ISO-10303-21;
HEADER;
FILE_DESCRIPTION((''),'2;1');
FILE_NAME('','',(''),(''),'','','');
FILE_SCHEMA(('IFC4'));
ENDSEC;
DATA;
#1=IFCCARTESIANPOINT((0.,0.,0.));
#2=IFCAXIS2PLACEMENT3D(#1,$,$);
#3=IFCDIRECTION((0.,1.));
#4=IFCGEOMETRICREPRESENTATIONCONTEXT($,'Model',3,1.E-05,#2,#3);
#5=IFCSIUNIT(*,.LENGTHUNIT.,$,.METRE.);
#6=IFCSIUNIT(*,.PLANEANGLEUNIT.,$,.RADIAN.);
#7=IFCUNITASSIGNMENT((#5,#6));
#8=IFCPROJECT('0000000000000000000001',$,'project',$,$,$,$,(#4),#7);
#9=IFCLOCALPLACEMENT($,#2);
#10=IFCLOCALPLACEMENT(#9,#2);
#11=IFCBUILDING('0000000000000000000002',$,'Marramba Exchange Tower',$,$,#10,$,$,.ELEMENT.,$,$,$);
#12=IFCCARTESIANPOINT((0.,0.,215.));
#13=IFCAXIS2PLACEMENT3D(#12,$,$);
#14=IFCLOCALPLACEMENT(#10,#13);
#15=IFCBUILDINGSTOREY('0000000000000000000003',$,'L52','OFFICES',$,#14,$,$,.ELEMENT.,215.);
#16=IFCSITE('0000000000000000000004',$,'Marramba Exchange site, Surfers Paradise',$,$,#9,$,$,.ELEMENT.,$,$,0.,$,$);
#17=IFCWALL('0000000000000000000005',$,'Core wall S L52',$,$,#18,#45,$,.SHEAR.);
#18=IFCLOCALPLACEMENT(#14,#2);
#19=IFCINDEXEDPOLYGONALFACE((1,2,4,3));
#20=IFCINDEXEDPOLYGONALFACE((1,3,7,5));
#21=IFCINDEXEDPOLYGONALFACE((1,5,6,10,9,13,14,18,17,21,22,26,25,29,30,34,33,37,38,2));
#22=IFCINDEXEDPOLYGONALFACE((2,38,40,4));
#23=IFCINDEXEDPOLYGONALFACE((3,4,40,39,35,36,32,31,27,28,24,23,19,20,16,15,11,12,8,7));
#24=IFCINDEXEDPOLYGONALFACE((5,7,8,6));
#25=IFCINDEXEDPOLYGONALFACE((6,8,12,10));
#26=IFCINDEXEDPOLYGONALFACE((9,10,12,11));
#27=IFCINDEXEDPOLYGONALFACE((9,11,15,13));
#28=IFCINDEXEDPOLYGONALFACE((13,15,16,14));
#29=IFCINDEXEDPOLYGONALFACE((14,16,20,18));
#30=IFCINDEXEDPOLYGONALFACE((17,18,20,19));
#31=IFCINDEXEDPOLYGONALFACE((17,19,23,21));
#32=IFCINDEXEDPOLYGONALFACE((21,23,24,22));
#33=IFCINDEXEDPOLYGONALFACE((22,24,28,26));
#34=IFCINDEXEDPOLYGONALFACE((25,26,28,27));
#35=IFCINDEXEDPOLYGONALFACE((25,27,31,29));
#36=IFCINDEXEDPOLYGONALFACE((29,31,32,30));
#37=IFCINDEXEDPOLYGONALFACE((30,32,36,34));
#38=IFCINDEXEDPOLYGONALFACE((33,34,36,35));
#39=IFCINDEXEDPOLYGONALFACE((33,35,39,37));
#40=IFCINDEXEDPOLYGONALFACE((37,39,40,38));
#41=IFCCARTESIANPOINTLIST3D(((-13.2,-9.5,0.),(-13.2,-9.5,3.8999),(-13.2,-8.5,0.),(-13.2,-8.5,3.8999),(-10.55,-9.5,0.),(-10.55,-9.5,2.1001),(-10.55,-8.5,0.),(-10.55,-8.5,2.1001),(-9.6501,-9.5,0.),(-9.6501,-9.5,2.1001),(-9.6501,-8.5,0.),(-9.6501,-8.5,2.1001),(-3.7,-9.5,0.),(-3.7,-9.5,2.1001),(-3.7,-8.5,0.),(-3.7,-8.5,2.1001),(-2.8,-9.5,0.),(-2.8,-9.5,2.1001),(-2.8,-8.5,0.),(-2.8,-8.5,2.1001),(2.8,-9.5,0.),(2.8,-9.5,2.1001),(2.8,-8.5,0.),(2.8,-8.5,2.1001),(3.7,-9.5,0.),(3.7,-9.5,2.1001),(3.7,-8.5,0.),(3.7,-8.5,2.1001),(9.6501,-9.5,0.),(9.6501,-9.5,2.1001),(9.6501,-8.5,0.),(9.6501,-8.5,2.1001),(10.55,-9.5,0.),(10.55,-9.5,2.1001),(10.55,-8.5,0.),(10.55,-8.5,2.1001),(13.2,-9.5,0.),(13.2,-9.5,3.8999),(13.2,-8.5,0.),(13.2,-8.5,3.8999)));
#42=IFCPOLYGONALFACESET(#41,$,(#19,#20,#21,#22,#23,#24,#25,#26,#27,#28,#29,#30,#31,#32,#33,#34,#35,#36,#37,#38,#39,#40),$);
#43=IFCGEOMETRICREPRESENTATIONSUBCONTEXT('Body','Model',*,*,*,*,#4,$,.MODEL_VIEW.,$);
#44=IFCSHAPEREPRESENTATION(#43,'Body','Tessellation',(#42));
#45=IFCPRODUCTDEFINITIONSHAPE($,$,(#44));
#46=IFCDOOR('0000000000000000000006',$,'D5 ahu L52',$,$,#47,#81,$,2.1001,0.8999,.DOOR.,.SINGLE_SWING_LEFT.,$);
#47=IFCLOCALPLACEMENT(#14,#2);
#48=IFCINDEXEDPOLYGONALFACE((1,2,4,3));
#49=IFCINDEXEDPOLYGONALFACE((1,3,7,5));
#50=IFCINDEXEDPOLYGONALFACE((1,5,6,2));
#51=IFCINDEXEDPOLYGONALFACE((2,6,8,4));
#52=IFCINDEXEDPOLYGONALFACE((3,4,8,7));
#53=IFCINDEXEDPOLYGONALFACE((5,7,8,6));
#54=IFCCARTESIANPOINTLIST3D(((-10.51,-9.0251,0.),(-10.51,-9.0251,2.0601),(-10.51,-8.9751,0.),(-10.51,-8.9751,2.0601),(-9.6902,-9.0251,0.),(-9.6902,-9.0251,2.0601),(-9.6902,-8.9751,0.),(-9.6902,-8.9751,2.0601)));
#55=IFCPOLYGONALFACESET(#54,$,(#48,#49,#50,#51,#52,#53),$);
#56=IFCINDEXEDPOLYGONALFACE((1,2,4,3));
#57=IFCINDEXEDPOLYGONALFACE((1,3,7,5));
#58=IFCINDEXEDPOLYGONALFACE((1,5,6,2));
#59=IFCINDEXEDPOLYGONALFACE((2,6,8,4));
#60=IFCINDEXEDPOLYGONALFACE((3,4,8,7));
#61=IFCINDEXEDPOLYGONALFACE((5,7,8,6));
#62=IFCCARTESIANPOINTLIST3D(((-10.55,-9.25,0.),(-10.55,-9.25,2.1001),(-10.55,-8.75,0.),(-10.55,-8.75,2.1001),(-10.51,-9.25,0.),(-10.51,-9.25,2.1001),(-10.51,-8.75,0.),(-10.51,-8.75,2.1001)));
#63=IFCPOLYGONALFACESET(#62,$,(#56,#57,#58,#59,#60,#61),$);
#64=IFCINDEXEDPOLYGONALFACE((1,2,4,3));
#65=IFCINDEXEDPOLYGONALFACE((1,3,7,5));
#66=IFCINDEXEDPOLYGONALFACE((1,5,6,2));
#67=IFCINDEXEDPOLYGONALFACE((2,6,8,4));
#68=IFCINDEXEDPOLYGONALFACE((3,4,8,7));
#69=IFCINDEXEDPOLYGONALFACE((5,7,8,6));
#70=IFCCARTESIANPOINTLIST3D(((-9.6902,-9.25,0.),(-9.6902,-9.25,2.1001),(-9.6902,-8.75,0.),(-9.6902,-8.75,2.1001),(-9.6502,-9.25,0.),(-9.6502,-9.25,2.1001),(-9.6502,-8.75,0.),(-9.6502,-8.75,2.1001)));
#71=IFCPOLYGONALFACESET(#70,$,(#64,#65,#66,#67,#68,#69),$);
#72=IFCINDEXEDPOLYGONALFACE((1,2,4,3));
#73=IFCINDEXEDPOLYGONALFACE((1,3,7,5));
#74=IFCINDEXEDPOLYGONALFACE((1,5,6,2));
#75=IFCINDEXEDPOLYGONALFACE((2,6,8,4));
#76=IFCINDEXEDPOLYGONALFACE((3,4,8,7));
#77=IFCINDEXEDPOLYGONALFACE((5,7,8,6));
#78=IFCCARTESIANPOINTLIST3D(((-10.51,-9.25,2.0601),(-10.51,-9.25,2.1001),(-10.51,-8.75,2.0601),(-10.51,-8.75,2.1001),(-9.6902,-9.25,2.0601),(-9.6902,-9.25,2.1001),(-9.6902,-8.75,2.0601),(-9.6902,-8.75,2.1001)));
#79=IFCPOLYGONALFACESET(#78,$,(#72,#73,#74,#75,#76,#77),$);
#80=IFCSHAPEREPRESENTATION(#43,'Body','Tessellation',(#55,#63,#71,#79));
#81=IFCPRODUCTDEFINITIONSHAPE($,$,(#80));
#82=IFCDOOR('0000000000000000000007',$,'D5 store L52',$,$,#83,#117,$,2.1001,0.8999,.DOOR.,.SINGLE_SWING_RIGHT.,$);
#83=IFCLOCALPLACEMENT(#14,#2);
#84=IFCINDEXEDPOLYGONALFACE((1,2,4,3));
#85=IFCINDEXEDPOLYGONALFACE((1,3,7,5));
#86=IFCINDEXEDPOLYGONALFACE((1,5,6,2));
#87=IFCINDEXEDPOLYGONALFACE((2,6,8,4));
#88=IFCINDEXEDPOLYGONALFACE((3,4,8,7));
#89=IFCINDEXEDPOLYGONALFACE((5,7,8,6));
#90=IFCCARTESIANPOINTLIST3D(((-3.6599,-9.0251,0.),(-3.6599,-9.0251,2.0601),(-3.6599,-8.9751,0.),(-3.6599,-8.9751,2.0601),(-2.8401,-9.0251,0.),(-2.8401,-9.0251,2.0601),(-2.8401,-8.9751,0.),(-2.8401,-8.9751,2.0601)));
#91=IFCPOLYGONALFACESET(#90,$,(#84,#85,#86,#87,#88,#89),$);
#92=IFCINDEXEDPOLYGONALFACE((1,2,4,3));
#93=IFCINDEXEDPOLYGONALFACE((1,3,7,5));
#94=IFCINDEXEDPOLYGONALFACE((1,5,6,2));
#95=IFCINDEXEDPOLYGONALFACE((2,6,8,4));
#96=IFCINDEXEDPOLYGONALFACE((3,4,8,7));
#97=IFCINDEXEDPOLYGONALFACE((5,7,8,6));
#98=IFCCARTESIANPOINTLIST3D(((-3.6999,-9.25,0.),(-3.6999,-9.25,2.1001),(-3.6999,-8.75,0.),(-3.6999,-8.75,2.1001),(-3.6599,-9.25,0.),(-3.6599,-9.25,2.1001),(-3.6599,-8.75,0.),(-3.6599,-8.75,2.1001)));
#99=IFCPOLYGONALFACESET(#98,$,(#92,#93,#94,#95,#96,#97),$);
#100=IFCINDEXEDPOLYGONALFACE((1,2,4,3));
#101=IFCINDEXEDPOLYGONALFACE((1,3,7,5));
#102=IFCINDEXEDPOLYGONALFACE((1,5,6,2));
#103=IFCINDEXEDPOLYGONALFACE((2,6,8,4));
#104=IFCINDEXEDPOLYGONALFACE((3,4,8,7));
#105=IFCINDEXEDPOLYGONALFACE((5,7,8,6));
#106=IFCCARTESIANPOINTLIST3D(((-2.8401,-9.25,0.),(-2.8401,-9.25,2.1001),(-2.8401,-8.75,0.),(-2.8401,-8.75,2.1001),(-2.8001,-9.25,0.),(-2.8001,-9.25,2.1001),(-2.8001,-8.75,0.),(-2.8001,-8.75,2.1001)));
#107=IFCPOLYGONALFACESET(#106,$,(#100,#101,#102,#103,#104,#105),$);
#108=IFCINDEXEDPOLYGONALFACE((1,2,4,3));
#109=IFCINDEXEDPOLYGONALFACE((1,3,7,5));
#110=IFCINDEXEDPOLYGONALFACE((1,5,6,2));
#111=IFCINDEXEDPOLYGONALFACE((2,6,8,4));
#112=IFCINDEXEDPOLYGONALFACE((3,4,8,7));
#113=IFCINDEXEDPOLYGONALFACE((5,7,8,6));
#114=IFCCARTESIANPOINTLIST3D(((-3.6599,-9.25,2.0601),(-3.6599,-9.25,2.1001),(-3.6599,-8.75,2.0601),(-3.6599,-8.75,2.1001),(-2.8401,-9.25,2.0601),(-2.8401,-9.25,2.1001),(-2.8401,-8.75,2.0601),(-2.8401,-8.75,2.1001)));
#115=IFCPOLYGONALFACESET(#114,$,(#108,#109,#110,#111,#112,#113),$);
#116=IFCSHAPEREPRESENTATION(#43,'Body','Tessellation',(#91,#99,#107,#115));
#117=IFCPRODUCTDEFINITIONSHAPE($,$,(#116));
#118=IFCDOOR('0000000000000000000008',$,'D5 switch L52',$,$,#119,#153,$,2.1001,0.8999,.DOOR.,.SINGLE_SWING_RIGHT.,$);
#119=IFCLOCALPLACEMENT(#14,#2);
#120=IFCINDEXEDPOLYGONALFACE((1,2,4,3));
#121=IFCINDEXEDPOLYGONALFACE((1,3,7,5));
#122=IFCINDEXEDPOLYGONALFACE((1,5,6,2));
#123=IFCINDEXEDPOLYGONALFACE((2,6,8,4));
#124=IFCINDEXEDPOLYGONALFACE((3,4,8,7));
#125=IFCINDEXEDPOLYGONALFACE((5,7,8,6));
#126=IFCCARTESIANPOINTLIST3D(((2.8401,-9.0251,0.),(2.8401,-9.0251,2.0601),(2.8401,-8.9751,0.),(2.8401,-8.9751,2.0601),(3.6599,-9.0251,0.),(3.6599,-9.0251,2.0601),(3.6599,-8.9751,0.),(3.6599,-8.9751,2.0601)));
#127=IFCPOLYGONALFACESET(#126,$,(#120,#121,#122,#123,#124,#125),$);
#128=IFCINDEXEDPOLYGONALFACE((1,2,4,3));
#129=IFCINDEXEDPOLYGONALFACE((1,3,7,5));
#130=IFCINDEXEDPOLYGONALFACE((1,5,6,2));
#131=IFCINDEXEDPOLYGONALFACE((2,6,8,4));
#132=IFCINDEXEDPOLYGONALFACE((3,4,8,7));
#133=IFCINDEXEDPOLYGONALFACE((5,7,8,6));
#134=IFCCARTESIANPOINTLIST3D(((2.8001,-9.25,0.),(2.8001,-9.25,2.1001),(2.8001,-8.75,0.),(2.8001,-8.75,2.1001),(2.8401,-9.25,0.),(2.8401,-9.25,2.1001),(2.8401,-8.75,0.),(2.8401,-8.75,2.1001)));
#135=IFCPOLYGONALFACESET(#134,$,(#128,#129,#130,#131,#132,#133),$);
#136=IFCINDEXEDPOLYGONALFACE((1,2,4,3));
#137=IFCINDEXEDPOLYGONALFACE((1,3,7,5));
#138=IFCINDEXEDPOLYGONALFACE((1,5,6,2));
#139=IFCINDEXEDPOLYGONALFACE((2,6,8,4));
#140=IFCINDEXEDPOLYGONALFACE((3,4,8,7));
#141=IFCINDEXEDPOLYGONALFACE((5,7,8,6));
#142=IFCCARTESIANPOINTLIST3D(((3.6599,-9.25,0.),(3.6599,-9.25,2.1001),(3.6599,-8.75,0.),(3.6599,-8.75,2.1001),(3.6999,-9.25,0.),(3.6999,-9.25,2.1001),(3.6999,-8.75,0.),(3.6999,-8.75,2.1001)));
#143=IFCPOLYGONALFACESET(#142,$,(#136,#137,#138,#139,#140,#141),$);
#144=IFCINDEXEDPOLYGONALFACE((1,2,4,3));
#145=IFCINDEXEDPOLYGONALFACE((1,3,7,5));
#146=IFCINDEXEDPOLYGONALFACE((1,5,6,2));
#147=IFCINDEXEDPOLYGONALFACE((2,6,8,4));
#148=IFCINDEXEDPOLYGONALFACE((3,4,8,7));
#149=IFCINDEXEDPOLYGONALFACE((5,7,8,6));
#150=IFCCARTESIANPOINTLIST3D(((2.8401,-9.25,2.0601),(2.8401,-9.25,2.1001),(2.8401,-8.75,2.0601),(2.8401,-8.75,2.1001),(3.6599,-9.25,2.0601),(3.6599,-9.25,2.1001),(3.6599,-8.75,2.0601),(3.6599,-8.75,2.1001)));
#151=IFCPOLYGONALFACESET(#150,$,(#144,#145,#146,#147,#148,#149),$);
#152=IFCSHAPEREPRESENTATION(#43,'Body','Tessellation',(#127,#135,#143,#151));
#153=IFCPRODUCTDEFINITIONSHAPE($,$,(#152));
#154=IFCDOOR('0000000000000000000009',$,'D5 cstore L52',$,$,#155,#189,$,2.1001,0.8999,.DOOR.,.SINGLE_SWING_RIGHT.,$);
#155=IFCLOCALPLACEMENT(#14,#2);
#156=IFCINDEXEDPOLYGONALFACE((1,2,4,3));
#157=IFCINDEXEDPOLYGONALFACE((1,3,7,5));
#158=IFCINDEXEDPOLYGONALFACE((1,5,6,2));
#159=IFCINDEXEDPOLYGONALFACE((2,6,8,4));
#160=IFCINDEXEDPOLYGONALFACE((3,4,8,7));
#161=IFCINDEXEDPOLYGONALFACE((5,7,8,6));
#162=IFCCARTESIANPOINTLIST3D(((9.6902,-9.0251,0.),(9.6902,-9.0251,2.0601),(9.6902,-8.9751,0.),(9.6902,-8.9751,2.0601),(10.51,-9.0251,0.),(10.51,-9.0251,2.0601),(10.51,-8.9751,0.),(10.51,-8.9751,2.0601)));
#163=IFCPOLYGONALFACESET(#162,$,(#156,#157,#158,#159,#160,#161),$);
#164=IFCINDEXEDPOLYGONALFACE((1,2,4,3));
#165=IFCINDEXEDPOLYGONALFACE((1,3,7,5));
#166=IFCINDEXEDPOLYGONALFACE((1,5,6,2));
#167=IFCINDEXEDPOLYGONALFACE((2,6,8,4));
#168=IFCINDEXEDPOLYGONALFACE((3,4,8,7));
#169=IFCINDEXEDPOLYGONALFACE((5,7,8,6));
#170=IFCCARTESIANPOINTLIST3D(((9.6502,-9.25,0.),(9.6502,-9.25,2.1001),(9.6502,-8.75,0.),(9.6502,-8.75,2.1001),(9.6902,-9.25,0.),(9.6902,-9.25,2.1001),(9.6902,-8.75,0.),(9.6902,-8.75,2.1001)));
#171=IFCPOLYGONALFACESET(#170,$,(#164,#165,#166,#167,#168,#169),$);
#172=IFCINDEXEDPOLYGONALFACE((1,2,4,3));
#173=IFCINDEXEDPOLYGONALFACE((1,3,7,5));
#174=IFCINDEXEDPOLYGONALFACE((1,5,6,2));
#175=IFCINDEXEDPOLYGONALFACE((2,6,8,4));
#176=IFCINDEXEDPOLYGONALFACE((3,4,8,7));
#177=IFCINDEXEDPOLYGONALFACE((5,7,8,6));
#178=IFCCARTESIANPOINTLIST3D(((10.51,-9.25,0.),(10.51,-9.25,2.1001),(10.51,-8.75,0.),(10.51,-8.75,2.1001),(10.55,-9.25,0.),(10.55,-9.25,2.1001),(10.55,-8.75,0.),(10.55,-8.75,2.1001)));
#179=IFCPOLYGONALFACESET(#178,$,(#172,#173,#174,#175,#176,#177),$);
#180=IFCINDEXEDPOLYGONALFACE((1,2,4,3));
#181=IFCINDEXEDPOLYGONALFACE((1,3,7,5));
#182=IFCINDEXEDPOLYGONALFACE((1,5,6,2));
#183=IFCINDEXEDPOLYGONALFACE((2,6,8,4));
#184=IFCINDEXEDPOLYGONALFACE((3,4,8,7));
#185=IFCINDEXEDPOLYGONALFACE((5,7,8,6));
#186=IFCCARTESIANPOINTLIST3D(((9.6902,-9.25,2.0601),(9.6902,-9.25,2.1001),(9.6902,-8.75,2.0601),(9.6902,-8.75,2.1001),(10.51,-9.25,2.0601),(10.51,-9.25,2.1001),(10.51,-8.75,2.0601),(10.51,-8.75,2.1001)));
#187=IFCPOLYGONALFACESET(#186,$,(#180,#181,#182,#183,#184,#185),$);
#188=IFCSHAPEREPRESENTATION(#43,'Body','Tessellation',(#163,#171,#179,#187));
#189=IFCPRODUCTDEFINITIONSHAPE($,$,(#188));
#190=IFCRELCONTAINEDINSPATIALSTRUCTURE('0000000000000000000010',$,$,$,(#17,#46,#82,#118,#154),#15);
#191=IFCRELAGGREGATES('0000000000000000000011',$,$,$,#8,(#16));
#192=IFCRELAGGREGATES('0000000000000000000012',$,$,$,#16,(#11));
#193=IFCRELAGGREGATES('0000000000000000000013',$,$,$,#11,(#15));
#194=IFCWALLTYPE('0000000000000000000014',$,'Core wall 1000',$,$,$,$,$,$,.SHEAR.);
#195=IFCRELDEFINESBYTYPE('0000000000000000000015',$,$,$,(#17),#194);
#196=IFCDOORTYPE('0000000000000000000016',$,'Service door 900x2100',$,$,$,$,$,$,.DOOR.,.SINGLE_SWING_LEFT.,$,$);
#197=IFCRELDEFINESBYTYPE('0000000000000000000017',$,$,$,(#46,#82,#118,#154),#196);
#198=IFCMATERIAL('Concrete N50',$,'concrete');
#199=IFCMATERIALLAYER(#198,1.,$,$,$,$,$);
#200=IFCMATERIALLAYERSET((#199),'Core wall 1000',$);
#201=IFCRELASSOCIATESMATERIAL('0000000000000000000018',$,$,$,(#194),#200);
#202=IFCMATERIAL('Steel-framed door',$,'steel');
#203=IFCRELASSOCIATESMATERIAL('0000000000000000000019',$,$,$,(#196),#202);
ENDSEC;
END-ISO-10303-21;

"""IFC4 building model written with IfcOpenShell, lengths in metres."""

from ifc_helpers import new_model, si_unit, direction, frame, frame_2d, origin, place, context, subcontext, project, spatial, rectangle, extrude, material, layer, layer_set, type_object, element, fill, save


model = new_model("IFC4")

# Units and contexts
model_context = context("Model", 3, precision=1e-05, world=origin(), true_north=direction((0.0, 1.0)))
body_context = subcontext(model_context, "Body", "Model", "MODEL_VIEW")
ifc_project = project(units=[si_unit("LENGTHUNIT", "METRE"), si_unit("PLANEANGLEUNIT", "RADIAN")], contexts=[model_context])

# Site, building, storey
site_placement = place(None, origin())
site = spatial("IfcSite", under=ifc_project, at=site_placement, Name="Marramba Exchange site, Surfers Paradise", CompositionType="ELEMENT", RefElevation=0.0)
building_placement = place(site_placement, origin())
building = spatial("IfcBuilding", under=site, at=building_placement, Name="Marramba Exchange Tower", CompositionType="ELEMENT")
storey_placement = place(building_placement, frame((0.0, 0.0, 215.0)))
storey = spatial("IfcBuildingStorey", under=building, at=storey_placement, Name="L52", Description="OFFICES", CompositionType="ELEMENT", Elevation=215.0)

# Shared definitions
ifc_material_1 = material(Name="Concrete N50", Category="concrete")

# Wall, openings, doors
ifc_layer_1 = layer(ifc_material_1, 1.0)
ifc_layer_set_1 = layer_set([ifc_layer_1], Name="Core wall 1000")
wall_type = type_object("IfcWallType", Name="Core wall 1000", PredefinedType="SHEAR", material=ifc_layer_set_1)
wall_placement = place(storey_placement, frame((-13.2, -9.0, 0.0), z_axis=(0.0, 0.0, 1.0), x_axis=(1.0, 0.0, 0.0)))
wall = element("IfcWall", 1, at=wall_placement, inside=storey, type_object=wall_type, Name="Core wall S L52", PredefinedType="SHEAR", context=body_context, shape_type="SweptSolid", body=[
    extrude(rectangle(XDim=26.3999, YDim=1.0, at=frame_2d((13.2, 0.0))), origin(), (0.0, 0.0, 1.0), 3.8999),
])
opening_1_placement = place(wall_placement, frame((2.6499, 0.0, 0.0)))
opening_1 = element("IfcOpeningElement", 2, at=opening_1_placement, cuts=wall, PredefinedType="OPENING", context=body_context, shape_type="SweptSolid", body=[
    extrude(rectangle(XDim=0.8999, YDim=2.1001, at=frame_2d((0.45, 1.05))), frame((0.0, 0.51, 0.0), z_axis=(0.0, -1.0, 0.0), x_axis=(1.0, 0.0, 0.0)), (0.0, 0.0, 1.0), 1.02),
])
opening_2_placement = place(wall_placement, frame((9.5, 0.0, 0.0)))
opening_2 = element("IfcOpeningElement", 3, at=opening_2_placement, cuts=wall, PredefinedType="OPENING", context=body_context, shape_type="SweptSolid", body=[
    extrude(rectangle(XDim=0.8999, YDim=2.1001, at=frame_2d((0.45, 1.05))), frame((0.0, 0.51, 0.0), z_axis=(0.0, -1.0, 0.0), x_axis=(1.0, 0.0, 0.0)), (0.0, 0.0, 1.0), 1.02),
])
opening_3_placement = place(wall_placement, frame((16.0, 0.0, 0.0)))
opening_3 = element("IfcOpeningElement", 4, at=opening_3_placement, cuts=wall, PredefinedType="OPENING", context=body_context, shape_type="SweptSolid", body=[
    extrude(rectangle(XDim=0.8999, YDim=2.1001, at=frame_2d((0.45, 1.05))), frame((0.0, 0.51, 0.0), z_axis=(0.0, -1.0, 0.0), x_axis=(1.0, 0.0, 0.0)), (0.0, 0.0, 1.0), 1.02),
])
opening_4_placement = place(wall_placement, frame((22.8501, 0.0, 0.0)))
opening_4 = element("IfcOpeningElement", 5, at=opening_4_placement, cuts=wall, PredefinedType="OPENING", context=body_context, shape_type="SweptSolid", body=[
    extrude(rectangle(XDim=0.8999, YDim=2.1001, at=frame_2d((0.45, 1.05))), frame((0.0, 0.51, 0.0), z_axis=(0.0, -1.0, 0.0), x_axis=(1.0, 0.0, 0.0)), (0.0, 0.0, 1.0), 1.02),
])
ifc_material_2 = material(Name="Steel-framed door", Category="steel")
door_type = type_object("IfcDoorType", Name="Service door 900x2100", OperationType="SINGLE_SWING_LEFT", PredefinedType="DOOR", material=ifc_material_2)
door_1_placement = place(opening_1_placement, origin())
door_1 = element("IfcDoor", 6, at=door_1_placement, inside=storey, type_object=door_type, Name="D5 ahu L52", OperationType="SINGLE_SWING_LEFT", OverallHeight=2.1001, OverallWidth=0.8999, PredefinedType="DOOR", context=body_context, shape_type="SweptSolid", body=[
    extrude(rectangle(XDim=0.8198, YDim=2.0601, at=frame_2d((0.45, 1.03))), frame((0.0, 0.0249, 0.0), z_axis=(0.0, -1.0, 0.0), x_axis=(1.0, 0.0, 0.0)), (0.0, 0.0, 1.0), 0.05),
    extrude(rectangle(XDim=0.04, YDim=2.1001, at=frame_2d((0.02, 1.05))), frame((0.0, 0.25, 0.0), z_axis=(0.0, -1.0, 0.0), x_axis=(1.0, 0.0, 0.0)), (0.0, 0.0, 1.0), 0.5),
    extrude(rectangle(XDim=0.04, YDim=2.1001, at=frame_2d((0.8799, 1.05))), frame((0.0, 0.25, 0.0), z_axis=(0.0, -1.0, 0.0), x_axis=(1.0, 0.0, 0.0)), (0.0, 0.0, 1.0), 0.5),
    extrude(rectangle(XDim=0.8198, YDim=0.04, at=frame_2d((0.45, 2.0801))), frame((0.0, 0.25, 0.0), z_axis=(0.0, -1.0, 0.0), x_axis=(1.0, 0.0, 0.0)), (0.0, 0.0, 1.0), 0.5),
])
fill(opening_1, door_1)
door_2_placement = place(opening_2_placement, origin())
door_2 = element("IfcDoor", 7, at=door_2_placement, inside=storey, type_object=door_type, Name="D5 store L52", OperationType="SINGLE_SWING_RIGHT", OverallHeight=2.1001, OverallWidth=0.8999, PredefinedType="DOOR", context=body_context, shape_type="SweptSolid", body=[
    extrude(rectangle(XDim=0.8198, YDim=2.0601, at=frame_2d((0.45, 1.03))), frame((0.0, 0.0249, 0.0), z_axis=(0.0, -1.0, 0.0), x_axis=(1.0, 0.0, 0.0)), (0.0, 0.0, 1.0), 0.05),
    extrude(rectangle(XDim=0.04, YDim=2.1001, at=frame_2d((0.02, 1.05))), frame((0.0, 0.25, 0.0), z_axis=(0.0, -1.0, 0.0), x_axis=(1.0, 0.0, 0.0)), (0.0, 0.0, 1.0), 0.5),
    extrude(rectangle(XDim=0.04, YDim=2.1001, at=frame_2d((0.8799, 1.05))), frame((0.0, 0.25, 0.0), z_axis=(0.0, -1.0, 0.0), x_axis=(1.0, 0.0, 0.0)), (0.0, 0.0, 1.0), 0.5),
    extrude(rectangle(XDim=0.8198, YDim=0.04, at=frame_2d((0.45, 2.0801))), frame((0.0, 0.25, 0.0), z_axis=(0.0, -1.0, 0.0), x_axis=(1.0, 0.0, 0.0)), (0.0, 0.0, 1.0), 0.5),
])
fill(opening_2, door_2)
door_3_placement = place(opening_3_placement, origin())
door_3 = element("IfcDoor", 8, at=door_3_placement, inside=storey, type_object=door_type, Name="D5 switch L52", OperationType="SINGLE_SWING_RIGHT", OverallHeight=2.1001, OverallWidth=0.8999, PredefinedType="DOOR", context=body_context, shape_type="SweptSolid", body=[
    extrude(rectangle(XDim=0.8198, YDim=2.0601, at=frame_2d((0.45, 1.03))), frame((0.0, 0.0249, 0.0), z_axis=(0.0, -1.0, 0.0), x_axis=(1.0, 0.0, 0.0)), (0.0, 0.0, 1.0), 0.05),
    extrude(rectangle(XDim=0.04, YDim=2.1001, at=frame_2d((0.02, 1.05))), frame((0.0, 0.25, 0.0), z_axis=(0.0, -1.0, 0.0), x_axis=(1.0, 0.0, 0.0)), (0.0, 0.0, 1.0), 0.5),
    extrude(rectangle(XDim=0.04, YDim=2.1001, at=frame_2d((0.8799, 1.05))), frame((0.0, 0.25, 0.0), z_axis=(0.0, -1.0, 0.0), x_axis=(1.0, 0.0, 0.0)), (0.0, 0.0, 1.0), 0.5),
    extrude(rectangle(XDim=0.8198, YDim=0.04, at=frame_2d((0.45, 2.0801))), frame((0.0, 0.25, 0.0), z_axis=(0.0, -1.0, 0.0), x_axis=(1.0, 0.0, 0.0)), (0.0, 0.0, 1.0), 0.5),
])
fill(opening_3, door_3)
door_4_placement = place(opening_4_placement, origin())
door_4 = element("IfcDoor", 9, at=door_4_placement, inside=storey, type_object=door_type, Name="D5 cstore L52", OperationType="SINGLE_SWING_RIGHT", OverallHeight=2.1001, OverallWidth=0.8999, PredefinedType="DOOR", context=body_context, shape_type="SweptSolid", body=[
    extrude(rectangle(XDim=0.8198, YDim=2.0601, at=frame_2d((0.45, 1.03))), frame((0.0, 0.0249, 0.0), z_axis=(0.0, -1.0, 0.0), x_axis=(1.0, 0.0, 0.0)), (0.0, 0.0, 1.0), 0.05),
    extrude(rectangle(XDim=0.04, YDim=2.1001, at=frame_2d((0.02, 1.05))), frame((0.0, 0.25, 0.0), z_axis=(0.0, -1.0, 0.0), x_axis=(1.0, 0.0, 0.0)), (0.0, 0.0, 1.0), 0.5),
    extrude(rectangle(XDim=0.04, YDim=2.1001, at=frame_2d((0.8799, 1.05))), frame((0.0, 0.25, 0.0), z_axis=(0.0, -1.0, 0.0), x_axis=(1.0, 0.0, 0.0)), (0.0, 0.0, 1.0), 0.5),
    extrude(rectangle(XDim=0.8198, YDim=0.04, at=frame_2d((0.45, 2.0801))), frame((0.0, 0.25, 0.0), z_axis=(0.0, -1.0, 0.0), x_axis=(1.0, 0.0, 0.0)), (0.0, 0.0, 1.0), 0.5),
])
fill(opening_4, door_4)

save(model, "model.ifc")
